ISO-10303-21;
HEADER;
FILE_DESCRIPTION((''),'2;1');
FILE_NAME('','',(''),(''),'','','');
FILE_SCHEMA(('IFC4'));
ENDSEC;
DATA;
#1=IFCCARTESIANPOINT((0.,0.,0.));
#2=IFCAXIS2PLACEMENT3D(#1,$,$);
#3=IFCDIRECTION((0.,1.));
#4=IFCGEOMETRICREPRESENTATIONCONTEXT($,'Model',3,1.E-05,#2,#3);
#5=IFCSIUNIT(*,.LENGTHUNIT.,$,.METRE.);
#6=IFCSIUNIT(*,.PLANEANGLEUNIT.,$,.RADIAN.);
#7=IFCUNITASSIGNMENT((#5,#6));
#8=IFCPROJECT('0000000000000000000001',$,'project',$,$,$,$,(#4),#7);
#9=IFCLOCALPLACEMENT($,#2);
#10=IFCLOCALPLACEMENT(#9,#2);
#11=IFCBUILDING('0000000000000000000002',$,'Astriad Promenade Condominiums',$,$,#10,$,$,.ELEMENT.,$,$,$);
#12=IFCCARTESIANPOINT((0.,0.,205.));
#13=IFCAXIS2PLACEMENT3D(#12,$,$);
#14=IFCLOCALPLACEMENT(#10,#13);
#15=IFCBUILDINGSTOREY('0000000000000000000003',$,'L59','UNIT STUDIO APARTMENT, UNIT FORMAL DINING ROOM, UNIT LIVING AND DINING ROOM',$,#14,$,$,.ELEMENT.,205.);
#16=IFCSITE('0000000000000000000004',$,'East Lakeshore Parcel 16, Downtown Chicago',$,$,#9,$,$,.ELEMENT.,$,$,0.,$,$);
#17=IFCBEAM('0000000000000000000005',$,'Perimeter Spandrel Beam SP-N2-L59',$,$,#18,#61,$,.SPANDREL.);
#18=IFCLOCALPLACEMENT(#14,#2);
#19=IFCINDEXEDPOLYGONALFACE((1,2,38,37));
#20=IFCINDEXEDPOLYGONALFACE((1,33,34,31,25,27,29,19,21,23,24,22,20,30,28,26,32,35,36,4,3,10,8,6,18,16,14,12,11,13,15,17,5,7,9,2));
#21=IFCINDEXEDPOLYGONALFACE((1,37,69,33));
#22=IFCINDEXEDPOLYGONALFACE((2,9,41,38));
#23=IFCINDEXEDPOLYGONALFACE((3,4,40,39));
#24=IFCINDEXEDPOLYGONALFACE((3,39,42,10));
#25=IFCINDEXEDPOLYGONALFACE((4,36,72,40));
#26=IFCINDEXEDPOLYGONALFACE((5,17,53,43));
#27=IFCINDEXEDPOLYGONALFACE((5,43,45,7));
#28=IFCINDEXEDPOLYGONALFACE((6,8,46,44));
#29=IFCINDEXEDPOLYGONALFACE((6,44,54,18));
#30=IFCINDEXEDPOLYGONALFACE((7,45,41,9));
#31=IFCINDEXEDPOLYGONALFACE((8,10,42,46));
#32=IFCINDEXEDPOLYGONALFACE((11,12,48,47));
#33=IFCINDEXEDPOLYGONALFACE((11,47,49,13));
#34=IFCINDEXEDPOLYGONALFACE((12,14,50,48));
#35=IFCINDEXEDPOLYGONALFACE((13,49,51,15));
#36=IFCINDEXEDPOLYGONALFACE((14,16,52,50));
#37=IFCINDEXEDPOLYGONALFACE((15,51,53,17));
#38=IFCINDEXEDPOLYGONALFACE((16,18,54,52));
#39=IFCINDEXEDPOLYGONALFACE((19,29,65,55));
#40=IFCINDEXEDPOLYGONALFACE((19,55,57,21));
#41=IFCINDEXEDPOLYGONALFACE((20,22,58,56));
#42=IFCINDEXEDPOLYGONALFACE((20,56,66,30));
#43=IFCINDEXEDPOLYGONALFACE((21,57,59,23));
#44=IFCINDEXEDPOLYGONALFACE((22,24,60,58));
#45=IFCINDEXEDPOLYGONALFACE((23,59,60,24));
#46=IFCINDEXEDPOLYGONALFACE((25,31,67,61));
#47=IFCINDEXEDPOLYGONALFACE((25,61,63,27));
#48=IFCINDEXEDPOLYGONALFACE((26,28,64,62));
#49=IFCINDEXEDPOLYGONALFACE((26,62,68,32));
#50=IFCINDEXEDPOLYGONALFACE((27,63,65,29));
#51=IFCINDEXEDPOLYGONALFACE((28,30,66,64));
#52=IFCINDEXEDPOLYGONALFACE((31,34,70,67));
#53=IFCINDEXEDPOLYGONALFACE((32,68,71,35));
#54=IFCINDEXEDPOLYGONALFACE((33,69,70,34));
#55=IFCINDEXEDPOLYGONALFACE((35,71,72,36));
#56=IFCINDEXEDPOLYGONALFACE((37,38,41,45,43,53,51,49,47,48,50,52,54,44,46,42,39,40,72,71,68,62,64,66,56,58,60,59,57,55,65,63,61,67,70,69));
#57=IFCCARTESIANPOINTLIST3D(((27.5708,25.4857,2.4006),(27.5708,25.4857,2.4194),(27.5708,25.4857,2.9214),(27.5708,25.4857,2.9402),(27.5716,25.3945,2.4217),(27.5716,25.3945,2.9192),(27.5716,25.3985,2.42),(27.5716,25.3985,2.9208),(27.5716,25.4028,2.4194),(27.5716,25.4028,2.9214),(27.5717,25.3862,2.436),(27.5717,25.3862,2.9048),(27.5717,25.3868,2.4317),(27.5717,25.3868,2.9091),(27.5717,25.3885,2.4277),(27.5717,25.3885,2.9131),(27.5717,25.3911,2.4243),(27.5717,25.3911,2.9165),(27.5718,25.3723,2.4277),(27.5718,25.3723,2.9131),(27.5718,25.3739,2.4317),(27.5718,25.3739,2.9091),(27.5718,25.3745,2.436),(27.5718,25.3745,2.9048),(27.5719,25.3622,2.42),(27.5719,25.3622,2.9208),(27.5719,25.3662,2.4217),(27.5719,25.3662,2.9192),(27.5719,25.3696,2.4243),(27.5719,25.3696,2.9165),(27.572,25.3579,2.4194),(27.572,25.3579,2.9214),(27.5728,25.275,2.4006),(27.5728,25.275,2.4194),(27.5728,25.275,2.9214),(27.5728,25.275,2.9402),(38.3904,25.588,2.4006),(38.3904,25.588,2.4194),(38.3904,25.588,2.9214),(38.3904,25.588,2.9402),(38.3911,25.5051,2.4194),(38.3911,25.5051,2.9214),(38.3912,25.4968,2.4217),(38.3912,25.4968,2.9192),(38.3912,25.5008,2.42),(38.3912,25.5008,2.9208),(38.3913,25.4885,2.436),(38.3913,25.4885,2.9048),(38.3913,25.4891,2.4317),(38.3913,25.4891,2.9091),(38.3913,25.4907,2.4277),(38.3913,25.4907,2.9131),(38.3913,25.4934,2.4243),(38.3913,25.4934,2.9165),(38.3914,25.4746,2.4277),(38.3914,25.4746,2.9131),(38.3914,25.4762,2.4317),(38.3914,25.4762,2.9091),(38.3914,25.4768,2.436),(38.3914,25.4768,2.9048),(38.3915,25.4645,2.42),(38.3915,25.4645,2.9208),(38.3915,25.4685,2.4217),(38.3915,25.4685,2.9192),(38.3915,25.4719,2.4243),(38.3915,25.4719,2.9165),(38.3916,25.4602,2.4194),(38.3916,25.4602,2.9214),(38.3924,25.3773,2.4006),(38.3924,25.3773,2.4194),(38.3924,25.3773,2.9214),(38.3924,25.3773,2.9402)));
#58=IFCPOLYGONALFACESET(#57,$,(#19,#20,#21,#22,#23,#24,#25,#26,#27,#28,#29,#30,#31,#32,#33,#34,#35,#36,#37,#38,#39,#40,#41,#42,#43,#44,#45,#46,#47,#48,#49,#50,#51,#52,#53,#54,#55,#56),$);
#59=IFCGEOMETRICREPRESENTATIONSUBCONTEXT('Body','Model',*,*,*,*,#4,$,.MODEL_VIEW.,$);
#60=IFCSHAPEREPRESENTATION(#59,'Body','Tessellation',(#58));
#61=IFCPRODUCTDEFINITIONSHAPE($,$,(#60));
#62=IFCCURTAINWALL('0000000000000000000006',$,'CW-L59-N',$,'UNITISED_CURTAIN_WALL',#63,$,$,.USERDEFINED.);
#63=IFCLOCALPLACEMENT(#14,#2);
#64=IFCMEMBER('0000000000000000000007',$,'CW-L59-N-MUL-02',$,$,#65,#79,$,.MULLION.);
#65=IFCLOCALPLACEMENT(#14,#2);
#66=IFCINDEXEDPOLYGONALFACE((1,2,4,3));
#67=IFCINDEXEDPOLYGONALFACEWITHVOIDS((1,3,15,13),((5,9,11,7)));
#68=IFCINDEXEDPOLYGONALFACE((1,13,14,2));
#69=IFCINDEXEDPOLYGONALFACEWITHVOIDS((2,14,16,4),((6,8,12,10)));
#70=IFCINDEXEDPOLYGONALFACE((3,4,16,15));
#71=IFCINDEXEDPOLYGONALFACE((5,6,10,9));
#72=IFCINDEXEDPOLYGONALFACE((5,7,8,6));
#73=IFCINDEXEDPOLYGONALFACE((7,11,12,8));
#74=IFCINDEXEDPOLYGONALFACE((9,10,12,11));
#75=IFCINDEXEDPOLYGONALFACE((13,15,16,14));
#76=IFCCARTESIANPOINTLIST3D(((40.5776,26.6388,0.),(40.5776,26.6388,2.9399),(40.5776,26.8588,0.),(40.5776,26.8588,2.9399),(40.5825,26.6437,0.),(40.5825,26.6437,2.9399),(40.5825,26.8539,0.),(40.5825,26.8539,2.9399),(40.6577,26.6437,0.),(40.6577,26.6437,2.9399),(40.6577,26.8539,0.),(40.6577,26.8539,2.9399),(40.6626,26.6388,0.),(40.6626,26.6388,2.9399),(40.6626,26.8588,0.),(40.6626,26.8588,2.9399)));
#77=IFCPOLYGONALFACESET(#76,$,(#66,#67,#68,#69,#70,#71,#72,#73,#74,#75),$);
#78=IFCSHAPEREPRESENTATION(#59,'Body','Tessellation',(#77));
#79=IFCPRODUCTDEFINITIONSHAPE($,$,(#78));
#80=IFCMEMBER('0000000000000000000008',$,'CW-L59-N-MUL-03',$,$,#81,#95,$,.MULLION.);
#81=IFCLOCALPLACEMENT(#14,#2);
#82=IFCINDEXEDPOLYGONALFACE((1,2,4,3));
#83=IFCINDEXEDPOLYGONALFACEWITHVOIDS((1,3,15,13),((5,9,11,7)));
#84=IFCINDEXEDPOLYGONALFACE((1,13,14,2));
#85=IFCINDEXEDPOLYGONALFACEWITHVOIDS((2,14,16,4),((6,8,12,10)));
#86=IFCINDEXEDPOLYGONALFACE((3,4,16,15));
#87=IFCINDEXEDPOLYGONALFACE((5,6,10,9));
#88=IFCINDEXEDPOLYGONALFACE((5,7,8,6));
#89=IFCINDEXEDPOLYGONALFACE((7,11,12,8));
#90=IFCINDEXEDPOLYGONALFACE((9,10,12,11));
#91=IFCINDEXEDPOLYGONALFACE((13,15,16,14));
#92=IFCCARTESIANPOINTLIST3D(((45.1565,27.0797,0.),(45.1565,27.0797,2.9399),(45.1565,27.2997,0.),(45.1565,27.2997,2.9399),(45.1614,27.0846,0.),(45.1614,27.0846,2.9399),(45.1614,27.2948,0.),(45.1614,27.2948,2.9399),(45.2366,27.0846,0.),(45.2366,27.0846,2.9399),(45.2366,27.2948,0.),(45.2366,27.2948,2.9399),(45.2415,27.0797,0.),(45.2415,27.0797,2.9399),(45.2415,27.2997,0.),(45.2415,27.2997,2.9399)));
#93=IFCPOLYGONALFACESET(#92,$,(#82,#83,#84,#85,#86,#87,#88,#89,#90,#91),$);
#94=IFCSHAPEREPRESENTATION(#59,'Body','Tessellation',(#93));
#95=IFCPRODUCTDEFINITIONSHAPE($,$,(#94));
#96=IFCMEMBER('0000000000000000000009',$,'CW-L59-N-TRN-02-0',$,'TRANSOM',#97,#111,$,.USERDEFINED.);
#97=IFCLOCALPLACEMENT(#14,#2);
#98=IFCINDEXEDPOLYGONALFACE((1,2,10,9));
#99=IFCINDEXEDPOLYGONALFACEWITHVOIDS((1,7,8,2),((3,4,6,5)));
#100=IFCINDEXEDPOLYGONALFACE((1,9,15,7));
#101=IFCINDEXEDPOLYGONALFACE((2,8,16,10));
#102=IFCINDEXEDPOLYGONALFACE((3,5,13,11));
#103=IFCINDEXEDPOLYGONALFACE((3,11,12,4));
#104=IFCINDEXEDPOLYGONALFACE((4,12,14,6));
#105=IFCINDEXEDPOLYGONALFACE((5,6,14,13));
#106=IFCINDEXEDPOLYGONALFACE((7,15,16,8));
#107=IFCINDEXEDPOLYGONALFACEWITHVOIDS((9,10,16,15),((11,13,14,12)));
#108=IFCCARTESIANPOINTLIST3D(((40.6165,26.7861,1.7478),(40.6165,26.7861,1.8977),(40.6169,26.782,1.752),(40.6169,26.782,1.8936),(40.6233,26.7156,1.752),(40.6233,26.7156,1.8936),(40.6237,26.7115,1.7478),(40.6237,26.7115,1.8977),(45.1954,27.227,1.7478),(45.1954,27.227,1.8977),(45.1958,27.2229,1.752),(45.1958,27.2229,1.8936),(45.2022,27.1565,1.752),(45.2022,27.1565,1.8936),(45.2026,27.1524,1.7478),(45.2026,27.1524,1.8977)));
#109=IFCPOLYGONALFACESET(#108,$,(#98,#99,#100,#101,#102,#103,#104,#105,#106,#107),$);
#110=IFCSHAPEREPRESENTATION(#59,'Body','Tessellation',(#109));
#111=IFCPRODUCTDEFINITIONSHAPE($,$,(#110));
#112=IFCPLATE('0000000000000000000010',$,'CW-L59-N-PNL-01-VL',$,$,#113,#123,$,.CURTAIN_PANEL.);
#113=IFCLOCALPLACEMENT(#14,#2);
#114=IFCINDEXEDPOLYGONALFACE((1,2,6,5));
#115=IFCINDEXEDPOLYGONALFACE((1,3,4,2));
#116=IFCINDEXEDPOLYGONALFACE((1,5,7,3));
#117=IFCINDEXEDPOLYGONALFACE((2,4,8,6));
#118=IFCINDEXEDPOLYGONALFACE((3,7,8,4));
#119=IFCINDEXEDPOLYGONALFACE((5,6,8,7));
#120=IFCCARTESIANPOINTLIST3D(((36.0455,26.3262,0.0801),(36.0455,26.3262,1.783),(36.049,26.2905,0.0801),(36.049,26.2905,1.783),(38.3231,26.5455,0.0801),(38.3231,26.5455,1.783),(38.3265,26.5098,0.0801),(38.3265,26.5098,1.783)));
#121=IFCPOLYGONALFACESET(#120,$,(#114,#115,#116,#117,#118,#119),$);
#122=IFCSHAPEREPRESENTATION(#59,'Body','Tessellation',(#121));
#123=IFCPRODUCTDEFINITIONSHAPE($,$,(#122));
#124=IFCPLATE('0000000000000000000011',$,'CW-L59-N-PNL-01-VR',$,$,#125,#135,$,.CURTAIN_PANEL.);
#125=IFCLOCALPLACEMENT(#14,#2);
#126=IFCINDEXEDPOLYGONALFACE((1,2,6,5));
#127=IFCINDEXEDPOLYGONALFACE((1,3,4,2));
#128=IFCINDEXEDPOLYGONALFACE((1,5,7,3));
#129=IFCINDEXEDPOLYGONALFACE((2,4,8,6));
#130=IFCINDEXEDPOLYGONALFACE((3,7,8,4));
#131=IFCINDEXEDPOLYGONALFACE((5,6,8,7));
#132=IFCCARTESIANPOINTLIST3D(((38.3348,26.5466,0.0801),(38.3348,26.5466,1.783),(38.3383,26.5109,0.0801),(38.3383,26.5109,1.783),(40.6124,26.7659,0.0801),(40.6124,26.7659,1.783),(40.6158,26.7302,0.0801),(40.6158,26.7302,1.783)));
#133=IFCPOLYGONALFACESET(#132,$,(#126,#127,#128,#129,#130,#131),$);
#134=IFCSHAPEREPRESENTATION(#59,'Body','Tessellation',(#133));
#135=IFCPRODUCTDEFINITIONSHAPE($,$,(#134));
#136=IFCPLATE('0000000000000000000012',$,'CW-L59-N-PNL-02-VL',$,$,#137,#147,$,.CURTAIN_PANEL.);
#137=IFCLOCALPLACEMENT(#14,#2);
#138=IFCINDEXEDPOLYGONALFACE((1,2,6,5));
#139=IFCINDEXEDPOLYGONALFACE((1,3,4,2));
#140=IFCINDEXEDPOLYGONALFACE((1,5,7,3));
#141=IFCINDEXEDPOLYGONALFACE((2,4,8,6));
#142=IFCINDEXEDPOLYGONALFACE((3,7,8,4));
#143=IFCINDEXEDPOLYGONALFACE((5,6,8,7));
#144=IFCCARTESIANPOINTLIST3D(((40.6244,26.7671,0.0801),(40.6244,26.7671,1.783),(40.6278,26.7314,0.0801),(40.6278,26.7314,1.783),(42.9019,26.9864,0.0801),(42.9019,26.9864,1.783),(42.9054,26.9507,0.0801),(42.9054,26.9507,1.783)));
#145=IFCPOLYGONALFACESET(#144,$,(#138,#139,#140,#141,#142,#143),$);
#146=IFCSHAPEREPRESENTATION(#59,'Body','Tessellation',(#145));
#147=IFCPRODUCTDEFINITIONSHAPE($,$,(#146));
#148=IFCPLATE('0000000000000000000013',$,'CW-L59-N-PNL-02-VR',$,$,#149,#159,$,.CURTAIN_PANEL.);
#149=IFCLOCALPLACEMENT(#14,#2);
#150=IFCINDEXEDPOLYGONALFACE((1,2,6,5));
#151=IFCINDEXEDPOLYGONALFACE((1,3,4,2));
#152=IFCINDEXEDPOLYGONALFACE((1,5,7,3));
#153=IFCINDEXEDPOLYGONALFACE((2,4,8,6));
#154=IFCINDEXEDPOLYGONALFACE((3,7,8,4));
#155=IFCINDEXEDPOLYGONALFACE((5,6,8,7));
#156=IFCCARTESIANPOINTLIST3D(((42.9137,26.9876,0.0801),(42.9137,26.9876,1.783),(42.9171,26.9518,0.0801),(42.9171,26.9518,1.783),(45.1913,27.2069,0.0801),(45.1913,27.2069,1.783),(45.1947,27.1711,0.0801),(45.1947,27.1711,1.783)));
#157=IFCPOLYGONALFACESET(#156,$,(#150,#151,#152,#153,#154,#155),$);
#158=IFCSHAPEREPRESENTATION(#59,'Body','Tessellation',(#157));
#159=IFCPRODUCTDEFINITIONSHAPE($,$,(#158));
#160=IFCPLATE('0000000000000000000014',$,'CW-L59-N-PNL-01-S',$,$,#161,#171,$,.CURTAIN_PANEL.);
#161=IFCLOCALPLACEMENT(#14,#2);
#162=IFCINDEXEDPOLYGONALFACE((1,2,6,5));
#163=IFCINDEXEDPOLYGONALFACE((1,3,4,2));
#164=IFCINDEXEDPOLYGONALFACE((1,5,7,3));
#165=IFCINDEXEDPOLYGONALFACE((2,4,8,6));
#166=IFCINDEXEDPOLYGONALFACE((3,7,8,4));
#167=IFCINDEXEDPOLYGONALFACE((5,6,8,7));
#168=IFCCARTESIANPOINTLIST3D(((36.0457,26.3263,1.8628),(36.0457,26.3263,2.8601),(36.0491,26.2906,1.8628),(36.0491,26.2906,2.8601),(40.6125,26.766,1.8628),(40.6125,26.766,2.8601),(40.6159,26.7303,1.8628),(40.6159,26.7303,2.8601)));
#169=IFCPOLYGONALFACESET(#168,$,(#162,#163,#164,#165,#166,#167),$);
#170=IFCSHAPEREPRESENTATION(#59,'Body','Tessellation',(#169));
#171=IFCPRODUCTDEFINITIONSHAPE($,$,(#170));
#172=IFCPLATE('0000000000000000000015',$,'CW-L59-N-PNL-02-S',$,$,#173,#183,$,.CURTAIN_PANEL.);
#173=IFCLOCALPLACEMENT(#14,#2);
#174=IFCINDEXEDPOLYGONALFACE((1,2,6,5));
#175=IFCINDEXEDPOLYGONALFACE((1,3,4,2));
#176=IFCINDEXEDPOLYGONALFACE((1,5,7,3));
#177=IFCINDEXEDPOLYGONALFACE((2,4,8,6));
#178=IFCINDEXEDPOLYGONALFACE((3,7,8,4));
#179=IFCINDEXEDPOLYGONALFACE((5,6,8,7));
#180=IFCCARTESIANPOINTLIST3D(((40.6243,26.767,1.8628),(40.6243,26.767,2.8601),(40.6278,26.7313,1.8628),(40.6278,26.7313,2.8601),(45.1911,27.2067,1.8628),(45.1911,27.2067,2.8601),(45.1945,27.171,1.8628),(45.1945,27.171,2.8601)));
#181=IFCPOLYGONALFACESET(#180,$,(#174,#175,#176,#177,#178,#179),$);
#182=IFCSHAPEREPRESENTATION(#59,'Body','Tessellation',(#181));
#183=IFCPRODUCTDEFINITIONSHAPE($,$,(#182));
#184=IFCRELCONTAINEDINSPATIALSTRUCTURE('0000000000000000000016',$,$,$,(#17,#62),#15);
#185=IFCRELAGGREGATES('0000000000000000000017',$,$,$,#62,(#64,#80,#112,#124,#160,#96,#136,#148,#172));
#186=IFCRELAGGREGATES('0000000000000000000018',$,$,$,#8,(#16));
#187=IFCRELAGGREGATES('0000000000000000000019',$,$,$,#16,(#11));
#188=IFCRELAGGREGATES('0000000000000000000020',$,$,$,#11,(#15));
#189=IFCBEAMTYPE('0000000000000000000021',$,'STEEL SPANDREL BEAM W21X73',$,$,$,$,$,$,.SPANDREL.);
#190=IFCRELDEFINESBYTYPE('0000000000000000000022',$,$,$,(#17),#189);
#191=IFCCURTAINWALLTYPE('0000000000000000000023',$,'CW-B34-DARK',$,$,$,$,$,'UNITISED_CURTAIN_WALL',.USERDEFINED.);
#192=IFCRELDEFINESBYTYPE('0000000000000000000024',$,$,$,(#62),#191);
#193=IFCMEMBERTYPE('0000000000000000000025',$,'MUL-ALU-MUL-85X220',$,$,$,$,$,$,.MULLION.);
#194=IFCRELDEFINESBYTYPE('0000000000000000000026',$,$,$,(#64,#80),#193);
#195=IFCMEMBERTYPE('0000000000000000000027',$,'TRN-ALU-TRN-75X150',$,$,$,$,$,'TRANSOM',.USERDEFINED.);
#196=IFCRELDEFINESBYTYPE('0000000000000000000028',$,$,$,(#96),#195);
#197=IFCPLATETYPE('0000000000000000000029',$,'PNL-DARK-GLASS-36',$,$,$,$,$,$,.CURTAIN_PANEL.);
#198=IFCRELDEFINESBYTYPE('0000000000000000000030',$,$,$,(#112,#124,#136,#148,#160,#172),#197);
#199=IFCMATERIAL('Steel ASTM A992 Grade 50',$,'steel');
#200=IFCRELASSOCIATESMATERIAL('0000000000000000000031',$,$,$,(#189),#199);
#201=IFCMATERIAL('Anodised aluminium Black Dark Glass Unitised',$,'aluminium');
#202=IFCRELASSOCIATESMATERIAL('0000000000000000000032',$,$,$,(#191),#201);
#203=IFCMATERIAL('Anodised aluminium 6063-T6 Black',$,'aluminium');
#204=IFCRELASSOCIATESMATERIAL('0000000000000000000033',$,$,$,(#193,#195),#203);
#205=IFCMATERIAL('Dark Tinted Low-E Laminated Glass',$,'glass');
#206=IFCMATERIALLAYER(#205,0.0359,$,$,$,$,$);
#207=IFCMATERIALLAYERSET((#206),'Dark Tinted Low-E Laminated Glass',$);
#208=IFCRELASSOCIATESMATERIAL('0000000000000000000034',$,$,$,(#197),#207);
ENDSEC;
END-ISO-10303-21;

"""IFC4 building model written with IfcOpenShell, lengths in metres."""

from ifc_helpers import new_model, si_unit, direction, frame, origin, origin_2d, place, context, subcontext, project, spatial, rectangle, hollow_rectangle, i_section, extrude, source, transform, mapped, material, layer, layer_set, material_profile, profile_set, type_object, type_shapes, element, aggregate, save


model = new_model("IFC4")

# Units and contexts
model_context = context("Model", 3, precision=1e-05, world=origin(), true_north=direction((0.0, 1.0)))
body_context = subcontext(model_context, "Body", "Model", "MODEL_VIEW")
ifc_project = project(units=[si_unit("LENGTHUNIT", "METRE"), si_unit("PLANEANGLEUNIT", "RADIAN")], contexts=[model_context])

# Site, building, storey
site_placement = place(None, origin())
site = spatial("IfcSite", under=ifc_project, at=site_placement, Name="East Lakeshore Parcel 16, Downtown Chicago", CompositionType="ELEMENT", RefElevation=0.0)
building_placement = place(site_placement, origin())
building = spatial("IfcBuilding", under=site, at=building_placement, Name="Astriad Promenade Condominiums", CompositionType="ELEMENT")
storey_placement = place(building_placement, frame((0.0, 0.0, 205.0)))
storey = spatial("IfcBuildingStorey", under=building, at=storey_placement, Name="L59", Description="UNIT STUDIO APARTMENT, UNIT FORMAL DINING ROOM, UNIT LIVING AND DINING ROOM", CompositionType="ELEMENT", Elevation=205.0)

# Shared definitions
ifc_material_1 = material(Name="Steel ASTM A992 Grade 50", Category="steel")

# Beam
ifc_material_profile_1 = material_profile(ifc_material_1, i_section(OverallWidth=0.2107, OverallDepth=0.5396, WebThickness=0.0117, FlangeThickness=0.0188, FilletRadius=0.0166, at=origin_2d()), Name="W21X73")
ifc_profile_set_1 = profile_set([ifc_material_profile_1], Name="Steel ASTM A992 Grade 50")
beam_type_1 = type_object("IfcBeamType", Name="STEEL SPANDREL BEAM W21X73", PredefinedType="SPANDREL", material=ifc_profile_set_1)
shared_shape_1 = source(origin(), body_context, "Body", "SweptSolid", [
    extrude(i_section(OverallWidth=0.2107, OverallDepth=0.5396, WebThickness=0.0117, FlangeThickness=0.0188, FilletRadius=0.0166, at=origin_2d()), origin(), (0.0, 0.0, 1.0), 10.8201),
])
type_shapes(beam_type_1, [shared_shape_1])
beam_1_placement = place(storey_placement, frame((38.3914, 25.4827, 2.6704), z_axis=(-0.999955, -0.009454, 0.0), x_axis=(0.009454, -0.999955, 0.0)))
element("IfcBeam", 1, at=beam_1_placement, inside=storey, type_object=beam_type_1, Name="Perimeter Spandrel Beam SP-N2-L59", PredefinedType="SPANDREL", context=body_context, shape_type="MappedRepresentation", body=[
    mapped(shared_shape_1, transform((0.0, 0.0, 0.0), scale=1.0)),
])

# Curtain wall, members, plates
ifc_material_2 = material(Name="Anodised aluminium Black Dark Glass Unitised", Category="aluminium")
curtain_wall_type = type_object("IfcCurtainWallType", Name="CW-B34-DARK", ElementType="UNITISED_CURTAIN_WALL", PredefinedType="USERDEFINED", material=ifc_material_2)
curtain_wall_placement = place(storey_placement, origin())
curtain_wall = element("IfcCurtainWall", 2, at=curtain_wall_placement, inside=storey, type_object=curtain_wall_type, Name="CW-L59-N", ObjectType="UNITISED_CURTAIN_WALL", PredefinedType="USERDEFINED")
ifc_material_3 = material(Name="Anodised aluminium 6063-T6 Black", Category="aluminium")
ifc_material_profile_2 = material_profile(ifc_material_3, hollow_rectangle(XDim=0.085, YDim=0.22, WallThickness=0.0049, at=origin_2d()), Name="ALU-MUL-85X220")
ifc_profile_set_2 = profile_set([ifc_material_profile_2], Name="Anodised aluminium 6063-T6 Black")
member_type_1 = type_object("IfcMemberType", Name="MUL-ALU-MUL-85X220", PredefinedType="MULLION", material=ifc_profile_set_2)
shared_shape_2 = source(origin(), body_context, "Body", "SweptSolid", [
    extrude(hollow_rectangle(XDim=0.085, YDim=0.22, WallThickness=0.0049, at=origin_2d()), origin(), (0.0, 0.0, 1.0), 2.9399),
])
type_shapes(member_type_1, [shared_shape_2])
member_1_placement = place(storey_placement, frame((40.6201, 26.7488, 0.0), z_axis=(0.0, 0.0, 1.0), x_axis=(1.0, 0.0, 0.0)))
member_1 = element("IfcMember", 3, at=member_1_placement, type_object=member_type_1, Name="CW-L59-N-MUL-02", PredefinedType="MULLION", context=body_context, shape_type="MappedRepresentation", body=[
    mapped(shared_shape_2, transform((0.0, 0.0, 0.0), scale=1.0)),
])
member_2_placement = place(storey_placement, frame((45.199, 27.1897, 0.0), z_axis=(0.0, 0.0, 1.0), x_axis=(1.0, 0.0, 0.0)))
member_2 = element("IfcMember", 4, at=member_2_placement, type_object=member_type_1, Name="CW-L59-N-MUL-03", PredefinedType="MULLION", context=body_context, shape_type="MappedRepresentation", body=[
    mapped(shared_shape_2, transform((0.0, 0.0, 0.0), scale=1.0)),
])
ifc_material_profile_3 = material_profile(ifc_material_3, hollow_rectangle(XDim=0.075, YDim=0.1499, WallThickness=0.0042, at=origin_2d()), Name="ALU-TRN-75X150")
ifc_profile_set_3 = profile_set([ifc_material_profile_3], Name="Anodised aluminium 6063-T6 Black")
member_type_2 = type_object("IfcMemberType", Name="TRN-ALU-TRN-75X150", ElementType="TRANSOM", PredefinedType="USERDEFINED", material=ifc_profile_set_3)
shared_shape_3 = source(origin(), body_context, "Body", "SweptSolid", [
    extrude(hollow_rectangle(XDim=0.075, YDim=0.1499, WallThickness=0.0042, at=origin_2d()), origin(), (0.0, 0.0, 1.0), 4.6001),
])
type_shapes(member_type_2, [shared_shape_3])
member_3_placement = place(storey_placement, frame((40.6201, 26.7488, 1.8228), z_axis=(0.995396, 0.095851, 0.0), x_axis=(-0.095851, 0.995396, 0.0)))
member_3 = element("IfcMember", 5, at=member_3_placement, type_object=member_type_2, Name="CW-L59-N-TRN-02-0", ObjectType="TRANSOM", PredefinedType="USERDEFINED", context=body_context, shape_type="MappedRepresentation", body=[
    mapped(shared_shape_3, transform((0.0, 0.0, 0.0), scale=1.0)),
])
ifc_material_4 = material(Name="Dark Tinted Low-E Laminated Glass", Category="glass")
ifc_layer_1 = layer(ifc_material_4, 0.0359)
ifc_layer_set_1 = layer_set([ifc_layer_1], Name="Dark Tinted Low-E Laminated Glass")
plate_type = type_object("IfcPlateType", Name="PNL-DARK-GLASS-36", PredefinedType="CURTAIN_PANEL", material=ifc_layer_set_1)
shared_shape_4 = source(origin(), body_context, "Body", "SweptSolid", [
    extrude(rectangle(XDim=2.2881, YDim=0.0359, at=origin_2d()), origin(), (0.0, 0.0, 1.0), 1.7029),
])
plate_1_placement = place(storey_placement, frame((37.186, 26.418, 0.0801), z_axis=(0.0, 0.0, 1.0), x_axis=(0.995396, 0.095846, 0.0)))
plate_1 = element("IfcPlate", 6, at=plate_1_placement, type_object=plate_type, Name="CW-L59-N-PNL-01-VL", PredefinedType="CURTAIN_PANEL", context=body_context, shape_type="MappedRepresentation", body=[
    mapped(shared_shape_4, transform((0.0, 0.0, 0.0), scale=1.0)),
])
plate_2_placement = place(storey_placement, frame((39.4753, 26.6384, 0.0801), z_axis=(0.0, 0.0, 1.0), x_axis=(0.995396, 0.095846, 0.0)))
plate_2 = element("IfcPlate", 7, at=plate_2_placement, type_object=plate_type, Name="CW-L59-N-PNL-01-VR", PredefinedType="CURTAIN_PANEL", context=body_context, shape_type="MappedRepresentation", body=[
    mapped(shared_shape_4, transform((0.0, 0.0, 0.0), scale=1.0)),
])
plate_3_placement = place(storey_placement, frame((41.7649, 26.8589, 0.0801), z_axis=(0.0, 0.0, 1.0), x_axis=(0.995396, 0.095846, 0.0)))
plate_3 = element("IfcPlate", 8, at=plate_3_placement, type_object=plate_type, Name="CW-L59-N-PNL-02-VL", PredefinedType="CURTAIN_PANEL", context=body_context, shape_type="MappedRepresentation", body=[
    mapped(shared_shape_4, transform((0.0, 0.0, 0.0), scale=1.0)),
])
plate_4_placement = place(storey_placement, frame((44.0542, 27.0793, 0.0801), z_axis=(0.0, 0.0, 1.0), x_axis=(0.995396, 0.095846, 0.0)))
plate_4 = element("IfcPlate", 9, at=plate_4_placement, type_object=plate_type, Name="CW-L59-N-PNL-02-VR", PredefinedType="CURTAIN_PANEL", context=body_context, shape_type="MappedRepresentation", body=[
    mapped(shared_shape_4, transform((0.0, 0.0, 0.0), scale=1.0)),
])
shared_shape_5 = source(origin(), body_context, "Body", "SweptSolid", [
    extrude(rectangle(XDim=4.5879, YDim=0.0359, at=origin_2d()), origin(), (0.0, 0.0, 1.0), 0.9973),
])
type_shapes(plate_type, [shared_shape_4, shared_shape_5])
plate_5_placement = place(storey_placement, frame((38.3308, 26.5283, 1.8628), z_axis=(0.0, 0.0, 1.0), x_axis=(0.995396, 0.095846, 0.0)))
plate_5 = element("IfcPlate", 10, at=plate_5_placement, type_object=plate_type, Name="CW-L59-N-PNL-01-S", PredefinedType="CURTAIN_PANEL", context=body_context, shape_type="MappedRepresentation", body=[
    mapped(shared_shape_5, transform((0.0, 0.0, 0.0), scale=1.0)),
])
plate_6_placement = place(storey_placement, frame((42.9094, 26.969, 1.8628), z_axis=(0.0, 0.0, 1.0), x_axis=(0.995396, 0.095846, 0.0)))
plate_6 = element("IfcPlate", 11, at=plate_6_placement, type_object=plate_type, Name="CW-L59-N-PNL-02-S", PredefinedType="CURTAIN_PANEL", context=body_context, shape_type="MappedRepresentation", body=[
    mapped(shared_shape_5, transform((0.0, 0.0, 0.0), scale=1.0)),
])
aggregate(curtain_wall, [member_1, member_2, plate_1, plate_2, plate_5, member_3, plate_3, plate_4, plate_6])

save(model, "model.ifc")
